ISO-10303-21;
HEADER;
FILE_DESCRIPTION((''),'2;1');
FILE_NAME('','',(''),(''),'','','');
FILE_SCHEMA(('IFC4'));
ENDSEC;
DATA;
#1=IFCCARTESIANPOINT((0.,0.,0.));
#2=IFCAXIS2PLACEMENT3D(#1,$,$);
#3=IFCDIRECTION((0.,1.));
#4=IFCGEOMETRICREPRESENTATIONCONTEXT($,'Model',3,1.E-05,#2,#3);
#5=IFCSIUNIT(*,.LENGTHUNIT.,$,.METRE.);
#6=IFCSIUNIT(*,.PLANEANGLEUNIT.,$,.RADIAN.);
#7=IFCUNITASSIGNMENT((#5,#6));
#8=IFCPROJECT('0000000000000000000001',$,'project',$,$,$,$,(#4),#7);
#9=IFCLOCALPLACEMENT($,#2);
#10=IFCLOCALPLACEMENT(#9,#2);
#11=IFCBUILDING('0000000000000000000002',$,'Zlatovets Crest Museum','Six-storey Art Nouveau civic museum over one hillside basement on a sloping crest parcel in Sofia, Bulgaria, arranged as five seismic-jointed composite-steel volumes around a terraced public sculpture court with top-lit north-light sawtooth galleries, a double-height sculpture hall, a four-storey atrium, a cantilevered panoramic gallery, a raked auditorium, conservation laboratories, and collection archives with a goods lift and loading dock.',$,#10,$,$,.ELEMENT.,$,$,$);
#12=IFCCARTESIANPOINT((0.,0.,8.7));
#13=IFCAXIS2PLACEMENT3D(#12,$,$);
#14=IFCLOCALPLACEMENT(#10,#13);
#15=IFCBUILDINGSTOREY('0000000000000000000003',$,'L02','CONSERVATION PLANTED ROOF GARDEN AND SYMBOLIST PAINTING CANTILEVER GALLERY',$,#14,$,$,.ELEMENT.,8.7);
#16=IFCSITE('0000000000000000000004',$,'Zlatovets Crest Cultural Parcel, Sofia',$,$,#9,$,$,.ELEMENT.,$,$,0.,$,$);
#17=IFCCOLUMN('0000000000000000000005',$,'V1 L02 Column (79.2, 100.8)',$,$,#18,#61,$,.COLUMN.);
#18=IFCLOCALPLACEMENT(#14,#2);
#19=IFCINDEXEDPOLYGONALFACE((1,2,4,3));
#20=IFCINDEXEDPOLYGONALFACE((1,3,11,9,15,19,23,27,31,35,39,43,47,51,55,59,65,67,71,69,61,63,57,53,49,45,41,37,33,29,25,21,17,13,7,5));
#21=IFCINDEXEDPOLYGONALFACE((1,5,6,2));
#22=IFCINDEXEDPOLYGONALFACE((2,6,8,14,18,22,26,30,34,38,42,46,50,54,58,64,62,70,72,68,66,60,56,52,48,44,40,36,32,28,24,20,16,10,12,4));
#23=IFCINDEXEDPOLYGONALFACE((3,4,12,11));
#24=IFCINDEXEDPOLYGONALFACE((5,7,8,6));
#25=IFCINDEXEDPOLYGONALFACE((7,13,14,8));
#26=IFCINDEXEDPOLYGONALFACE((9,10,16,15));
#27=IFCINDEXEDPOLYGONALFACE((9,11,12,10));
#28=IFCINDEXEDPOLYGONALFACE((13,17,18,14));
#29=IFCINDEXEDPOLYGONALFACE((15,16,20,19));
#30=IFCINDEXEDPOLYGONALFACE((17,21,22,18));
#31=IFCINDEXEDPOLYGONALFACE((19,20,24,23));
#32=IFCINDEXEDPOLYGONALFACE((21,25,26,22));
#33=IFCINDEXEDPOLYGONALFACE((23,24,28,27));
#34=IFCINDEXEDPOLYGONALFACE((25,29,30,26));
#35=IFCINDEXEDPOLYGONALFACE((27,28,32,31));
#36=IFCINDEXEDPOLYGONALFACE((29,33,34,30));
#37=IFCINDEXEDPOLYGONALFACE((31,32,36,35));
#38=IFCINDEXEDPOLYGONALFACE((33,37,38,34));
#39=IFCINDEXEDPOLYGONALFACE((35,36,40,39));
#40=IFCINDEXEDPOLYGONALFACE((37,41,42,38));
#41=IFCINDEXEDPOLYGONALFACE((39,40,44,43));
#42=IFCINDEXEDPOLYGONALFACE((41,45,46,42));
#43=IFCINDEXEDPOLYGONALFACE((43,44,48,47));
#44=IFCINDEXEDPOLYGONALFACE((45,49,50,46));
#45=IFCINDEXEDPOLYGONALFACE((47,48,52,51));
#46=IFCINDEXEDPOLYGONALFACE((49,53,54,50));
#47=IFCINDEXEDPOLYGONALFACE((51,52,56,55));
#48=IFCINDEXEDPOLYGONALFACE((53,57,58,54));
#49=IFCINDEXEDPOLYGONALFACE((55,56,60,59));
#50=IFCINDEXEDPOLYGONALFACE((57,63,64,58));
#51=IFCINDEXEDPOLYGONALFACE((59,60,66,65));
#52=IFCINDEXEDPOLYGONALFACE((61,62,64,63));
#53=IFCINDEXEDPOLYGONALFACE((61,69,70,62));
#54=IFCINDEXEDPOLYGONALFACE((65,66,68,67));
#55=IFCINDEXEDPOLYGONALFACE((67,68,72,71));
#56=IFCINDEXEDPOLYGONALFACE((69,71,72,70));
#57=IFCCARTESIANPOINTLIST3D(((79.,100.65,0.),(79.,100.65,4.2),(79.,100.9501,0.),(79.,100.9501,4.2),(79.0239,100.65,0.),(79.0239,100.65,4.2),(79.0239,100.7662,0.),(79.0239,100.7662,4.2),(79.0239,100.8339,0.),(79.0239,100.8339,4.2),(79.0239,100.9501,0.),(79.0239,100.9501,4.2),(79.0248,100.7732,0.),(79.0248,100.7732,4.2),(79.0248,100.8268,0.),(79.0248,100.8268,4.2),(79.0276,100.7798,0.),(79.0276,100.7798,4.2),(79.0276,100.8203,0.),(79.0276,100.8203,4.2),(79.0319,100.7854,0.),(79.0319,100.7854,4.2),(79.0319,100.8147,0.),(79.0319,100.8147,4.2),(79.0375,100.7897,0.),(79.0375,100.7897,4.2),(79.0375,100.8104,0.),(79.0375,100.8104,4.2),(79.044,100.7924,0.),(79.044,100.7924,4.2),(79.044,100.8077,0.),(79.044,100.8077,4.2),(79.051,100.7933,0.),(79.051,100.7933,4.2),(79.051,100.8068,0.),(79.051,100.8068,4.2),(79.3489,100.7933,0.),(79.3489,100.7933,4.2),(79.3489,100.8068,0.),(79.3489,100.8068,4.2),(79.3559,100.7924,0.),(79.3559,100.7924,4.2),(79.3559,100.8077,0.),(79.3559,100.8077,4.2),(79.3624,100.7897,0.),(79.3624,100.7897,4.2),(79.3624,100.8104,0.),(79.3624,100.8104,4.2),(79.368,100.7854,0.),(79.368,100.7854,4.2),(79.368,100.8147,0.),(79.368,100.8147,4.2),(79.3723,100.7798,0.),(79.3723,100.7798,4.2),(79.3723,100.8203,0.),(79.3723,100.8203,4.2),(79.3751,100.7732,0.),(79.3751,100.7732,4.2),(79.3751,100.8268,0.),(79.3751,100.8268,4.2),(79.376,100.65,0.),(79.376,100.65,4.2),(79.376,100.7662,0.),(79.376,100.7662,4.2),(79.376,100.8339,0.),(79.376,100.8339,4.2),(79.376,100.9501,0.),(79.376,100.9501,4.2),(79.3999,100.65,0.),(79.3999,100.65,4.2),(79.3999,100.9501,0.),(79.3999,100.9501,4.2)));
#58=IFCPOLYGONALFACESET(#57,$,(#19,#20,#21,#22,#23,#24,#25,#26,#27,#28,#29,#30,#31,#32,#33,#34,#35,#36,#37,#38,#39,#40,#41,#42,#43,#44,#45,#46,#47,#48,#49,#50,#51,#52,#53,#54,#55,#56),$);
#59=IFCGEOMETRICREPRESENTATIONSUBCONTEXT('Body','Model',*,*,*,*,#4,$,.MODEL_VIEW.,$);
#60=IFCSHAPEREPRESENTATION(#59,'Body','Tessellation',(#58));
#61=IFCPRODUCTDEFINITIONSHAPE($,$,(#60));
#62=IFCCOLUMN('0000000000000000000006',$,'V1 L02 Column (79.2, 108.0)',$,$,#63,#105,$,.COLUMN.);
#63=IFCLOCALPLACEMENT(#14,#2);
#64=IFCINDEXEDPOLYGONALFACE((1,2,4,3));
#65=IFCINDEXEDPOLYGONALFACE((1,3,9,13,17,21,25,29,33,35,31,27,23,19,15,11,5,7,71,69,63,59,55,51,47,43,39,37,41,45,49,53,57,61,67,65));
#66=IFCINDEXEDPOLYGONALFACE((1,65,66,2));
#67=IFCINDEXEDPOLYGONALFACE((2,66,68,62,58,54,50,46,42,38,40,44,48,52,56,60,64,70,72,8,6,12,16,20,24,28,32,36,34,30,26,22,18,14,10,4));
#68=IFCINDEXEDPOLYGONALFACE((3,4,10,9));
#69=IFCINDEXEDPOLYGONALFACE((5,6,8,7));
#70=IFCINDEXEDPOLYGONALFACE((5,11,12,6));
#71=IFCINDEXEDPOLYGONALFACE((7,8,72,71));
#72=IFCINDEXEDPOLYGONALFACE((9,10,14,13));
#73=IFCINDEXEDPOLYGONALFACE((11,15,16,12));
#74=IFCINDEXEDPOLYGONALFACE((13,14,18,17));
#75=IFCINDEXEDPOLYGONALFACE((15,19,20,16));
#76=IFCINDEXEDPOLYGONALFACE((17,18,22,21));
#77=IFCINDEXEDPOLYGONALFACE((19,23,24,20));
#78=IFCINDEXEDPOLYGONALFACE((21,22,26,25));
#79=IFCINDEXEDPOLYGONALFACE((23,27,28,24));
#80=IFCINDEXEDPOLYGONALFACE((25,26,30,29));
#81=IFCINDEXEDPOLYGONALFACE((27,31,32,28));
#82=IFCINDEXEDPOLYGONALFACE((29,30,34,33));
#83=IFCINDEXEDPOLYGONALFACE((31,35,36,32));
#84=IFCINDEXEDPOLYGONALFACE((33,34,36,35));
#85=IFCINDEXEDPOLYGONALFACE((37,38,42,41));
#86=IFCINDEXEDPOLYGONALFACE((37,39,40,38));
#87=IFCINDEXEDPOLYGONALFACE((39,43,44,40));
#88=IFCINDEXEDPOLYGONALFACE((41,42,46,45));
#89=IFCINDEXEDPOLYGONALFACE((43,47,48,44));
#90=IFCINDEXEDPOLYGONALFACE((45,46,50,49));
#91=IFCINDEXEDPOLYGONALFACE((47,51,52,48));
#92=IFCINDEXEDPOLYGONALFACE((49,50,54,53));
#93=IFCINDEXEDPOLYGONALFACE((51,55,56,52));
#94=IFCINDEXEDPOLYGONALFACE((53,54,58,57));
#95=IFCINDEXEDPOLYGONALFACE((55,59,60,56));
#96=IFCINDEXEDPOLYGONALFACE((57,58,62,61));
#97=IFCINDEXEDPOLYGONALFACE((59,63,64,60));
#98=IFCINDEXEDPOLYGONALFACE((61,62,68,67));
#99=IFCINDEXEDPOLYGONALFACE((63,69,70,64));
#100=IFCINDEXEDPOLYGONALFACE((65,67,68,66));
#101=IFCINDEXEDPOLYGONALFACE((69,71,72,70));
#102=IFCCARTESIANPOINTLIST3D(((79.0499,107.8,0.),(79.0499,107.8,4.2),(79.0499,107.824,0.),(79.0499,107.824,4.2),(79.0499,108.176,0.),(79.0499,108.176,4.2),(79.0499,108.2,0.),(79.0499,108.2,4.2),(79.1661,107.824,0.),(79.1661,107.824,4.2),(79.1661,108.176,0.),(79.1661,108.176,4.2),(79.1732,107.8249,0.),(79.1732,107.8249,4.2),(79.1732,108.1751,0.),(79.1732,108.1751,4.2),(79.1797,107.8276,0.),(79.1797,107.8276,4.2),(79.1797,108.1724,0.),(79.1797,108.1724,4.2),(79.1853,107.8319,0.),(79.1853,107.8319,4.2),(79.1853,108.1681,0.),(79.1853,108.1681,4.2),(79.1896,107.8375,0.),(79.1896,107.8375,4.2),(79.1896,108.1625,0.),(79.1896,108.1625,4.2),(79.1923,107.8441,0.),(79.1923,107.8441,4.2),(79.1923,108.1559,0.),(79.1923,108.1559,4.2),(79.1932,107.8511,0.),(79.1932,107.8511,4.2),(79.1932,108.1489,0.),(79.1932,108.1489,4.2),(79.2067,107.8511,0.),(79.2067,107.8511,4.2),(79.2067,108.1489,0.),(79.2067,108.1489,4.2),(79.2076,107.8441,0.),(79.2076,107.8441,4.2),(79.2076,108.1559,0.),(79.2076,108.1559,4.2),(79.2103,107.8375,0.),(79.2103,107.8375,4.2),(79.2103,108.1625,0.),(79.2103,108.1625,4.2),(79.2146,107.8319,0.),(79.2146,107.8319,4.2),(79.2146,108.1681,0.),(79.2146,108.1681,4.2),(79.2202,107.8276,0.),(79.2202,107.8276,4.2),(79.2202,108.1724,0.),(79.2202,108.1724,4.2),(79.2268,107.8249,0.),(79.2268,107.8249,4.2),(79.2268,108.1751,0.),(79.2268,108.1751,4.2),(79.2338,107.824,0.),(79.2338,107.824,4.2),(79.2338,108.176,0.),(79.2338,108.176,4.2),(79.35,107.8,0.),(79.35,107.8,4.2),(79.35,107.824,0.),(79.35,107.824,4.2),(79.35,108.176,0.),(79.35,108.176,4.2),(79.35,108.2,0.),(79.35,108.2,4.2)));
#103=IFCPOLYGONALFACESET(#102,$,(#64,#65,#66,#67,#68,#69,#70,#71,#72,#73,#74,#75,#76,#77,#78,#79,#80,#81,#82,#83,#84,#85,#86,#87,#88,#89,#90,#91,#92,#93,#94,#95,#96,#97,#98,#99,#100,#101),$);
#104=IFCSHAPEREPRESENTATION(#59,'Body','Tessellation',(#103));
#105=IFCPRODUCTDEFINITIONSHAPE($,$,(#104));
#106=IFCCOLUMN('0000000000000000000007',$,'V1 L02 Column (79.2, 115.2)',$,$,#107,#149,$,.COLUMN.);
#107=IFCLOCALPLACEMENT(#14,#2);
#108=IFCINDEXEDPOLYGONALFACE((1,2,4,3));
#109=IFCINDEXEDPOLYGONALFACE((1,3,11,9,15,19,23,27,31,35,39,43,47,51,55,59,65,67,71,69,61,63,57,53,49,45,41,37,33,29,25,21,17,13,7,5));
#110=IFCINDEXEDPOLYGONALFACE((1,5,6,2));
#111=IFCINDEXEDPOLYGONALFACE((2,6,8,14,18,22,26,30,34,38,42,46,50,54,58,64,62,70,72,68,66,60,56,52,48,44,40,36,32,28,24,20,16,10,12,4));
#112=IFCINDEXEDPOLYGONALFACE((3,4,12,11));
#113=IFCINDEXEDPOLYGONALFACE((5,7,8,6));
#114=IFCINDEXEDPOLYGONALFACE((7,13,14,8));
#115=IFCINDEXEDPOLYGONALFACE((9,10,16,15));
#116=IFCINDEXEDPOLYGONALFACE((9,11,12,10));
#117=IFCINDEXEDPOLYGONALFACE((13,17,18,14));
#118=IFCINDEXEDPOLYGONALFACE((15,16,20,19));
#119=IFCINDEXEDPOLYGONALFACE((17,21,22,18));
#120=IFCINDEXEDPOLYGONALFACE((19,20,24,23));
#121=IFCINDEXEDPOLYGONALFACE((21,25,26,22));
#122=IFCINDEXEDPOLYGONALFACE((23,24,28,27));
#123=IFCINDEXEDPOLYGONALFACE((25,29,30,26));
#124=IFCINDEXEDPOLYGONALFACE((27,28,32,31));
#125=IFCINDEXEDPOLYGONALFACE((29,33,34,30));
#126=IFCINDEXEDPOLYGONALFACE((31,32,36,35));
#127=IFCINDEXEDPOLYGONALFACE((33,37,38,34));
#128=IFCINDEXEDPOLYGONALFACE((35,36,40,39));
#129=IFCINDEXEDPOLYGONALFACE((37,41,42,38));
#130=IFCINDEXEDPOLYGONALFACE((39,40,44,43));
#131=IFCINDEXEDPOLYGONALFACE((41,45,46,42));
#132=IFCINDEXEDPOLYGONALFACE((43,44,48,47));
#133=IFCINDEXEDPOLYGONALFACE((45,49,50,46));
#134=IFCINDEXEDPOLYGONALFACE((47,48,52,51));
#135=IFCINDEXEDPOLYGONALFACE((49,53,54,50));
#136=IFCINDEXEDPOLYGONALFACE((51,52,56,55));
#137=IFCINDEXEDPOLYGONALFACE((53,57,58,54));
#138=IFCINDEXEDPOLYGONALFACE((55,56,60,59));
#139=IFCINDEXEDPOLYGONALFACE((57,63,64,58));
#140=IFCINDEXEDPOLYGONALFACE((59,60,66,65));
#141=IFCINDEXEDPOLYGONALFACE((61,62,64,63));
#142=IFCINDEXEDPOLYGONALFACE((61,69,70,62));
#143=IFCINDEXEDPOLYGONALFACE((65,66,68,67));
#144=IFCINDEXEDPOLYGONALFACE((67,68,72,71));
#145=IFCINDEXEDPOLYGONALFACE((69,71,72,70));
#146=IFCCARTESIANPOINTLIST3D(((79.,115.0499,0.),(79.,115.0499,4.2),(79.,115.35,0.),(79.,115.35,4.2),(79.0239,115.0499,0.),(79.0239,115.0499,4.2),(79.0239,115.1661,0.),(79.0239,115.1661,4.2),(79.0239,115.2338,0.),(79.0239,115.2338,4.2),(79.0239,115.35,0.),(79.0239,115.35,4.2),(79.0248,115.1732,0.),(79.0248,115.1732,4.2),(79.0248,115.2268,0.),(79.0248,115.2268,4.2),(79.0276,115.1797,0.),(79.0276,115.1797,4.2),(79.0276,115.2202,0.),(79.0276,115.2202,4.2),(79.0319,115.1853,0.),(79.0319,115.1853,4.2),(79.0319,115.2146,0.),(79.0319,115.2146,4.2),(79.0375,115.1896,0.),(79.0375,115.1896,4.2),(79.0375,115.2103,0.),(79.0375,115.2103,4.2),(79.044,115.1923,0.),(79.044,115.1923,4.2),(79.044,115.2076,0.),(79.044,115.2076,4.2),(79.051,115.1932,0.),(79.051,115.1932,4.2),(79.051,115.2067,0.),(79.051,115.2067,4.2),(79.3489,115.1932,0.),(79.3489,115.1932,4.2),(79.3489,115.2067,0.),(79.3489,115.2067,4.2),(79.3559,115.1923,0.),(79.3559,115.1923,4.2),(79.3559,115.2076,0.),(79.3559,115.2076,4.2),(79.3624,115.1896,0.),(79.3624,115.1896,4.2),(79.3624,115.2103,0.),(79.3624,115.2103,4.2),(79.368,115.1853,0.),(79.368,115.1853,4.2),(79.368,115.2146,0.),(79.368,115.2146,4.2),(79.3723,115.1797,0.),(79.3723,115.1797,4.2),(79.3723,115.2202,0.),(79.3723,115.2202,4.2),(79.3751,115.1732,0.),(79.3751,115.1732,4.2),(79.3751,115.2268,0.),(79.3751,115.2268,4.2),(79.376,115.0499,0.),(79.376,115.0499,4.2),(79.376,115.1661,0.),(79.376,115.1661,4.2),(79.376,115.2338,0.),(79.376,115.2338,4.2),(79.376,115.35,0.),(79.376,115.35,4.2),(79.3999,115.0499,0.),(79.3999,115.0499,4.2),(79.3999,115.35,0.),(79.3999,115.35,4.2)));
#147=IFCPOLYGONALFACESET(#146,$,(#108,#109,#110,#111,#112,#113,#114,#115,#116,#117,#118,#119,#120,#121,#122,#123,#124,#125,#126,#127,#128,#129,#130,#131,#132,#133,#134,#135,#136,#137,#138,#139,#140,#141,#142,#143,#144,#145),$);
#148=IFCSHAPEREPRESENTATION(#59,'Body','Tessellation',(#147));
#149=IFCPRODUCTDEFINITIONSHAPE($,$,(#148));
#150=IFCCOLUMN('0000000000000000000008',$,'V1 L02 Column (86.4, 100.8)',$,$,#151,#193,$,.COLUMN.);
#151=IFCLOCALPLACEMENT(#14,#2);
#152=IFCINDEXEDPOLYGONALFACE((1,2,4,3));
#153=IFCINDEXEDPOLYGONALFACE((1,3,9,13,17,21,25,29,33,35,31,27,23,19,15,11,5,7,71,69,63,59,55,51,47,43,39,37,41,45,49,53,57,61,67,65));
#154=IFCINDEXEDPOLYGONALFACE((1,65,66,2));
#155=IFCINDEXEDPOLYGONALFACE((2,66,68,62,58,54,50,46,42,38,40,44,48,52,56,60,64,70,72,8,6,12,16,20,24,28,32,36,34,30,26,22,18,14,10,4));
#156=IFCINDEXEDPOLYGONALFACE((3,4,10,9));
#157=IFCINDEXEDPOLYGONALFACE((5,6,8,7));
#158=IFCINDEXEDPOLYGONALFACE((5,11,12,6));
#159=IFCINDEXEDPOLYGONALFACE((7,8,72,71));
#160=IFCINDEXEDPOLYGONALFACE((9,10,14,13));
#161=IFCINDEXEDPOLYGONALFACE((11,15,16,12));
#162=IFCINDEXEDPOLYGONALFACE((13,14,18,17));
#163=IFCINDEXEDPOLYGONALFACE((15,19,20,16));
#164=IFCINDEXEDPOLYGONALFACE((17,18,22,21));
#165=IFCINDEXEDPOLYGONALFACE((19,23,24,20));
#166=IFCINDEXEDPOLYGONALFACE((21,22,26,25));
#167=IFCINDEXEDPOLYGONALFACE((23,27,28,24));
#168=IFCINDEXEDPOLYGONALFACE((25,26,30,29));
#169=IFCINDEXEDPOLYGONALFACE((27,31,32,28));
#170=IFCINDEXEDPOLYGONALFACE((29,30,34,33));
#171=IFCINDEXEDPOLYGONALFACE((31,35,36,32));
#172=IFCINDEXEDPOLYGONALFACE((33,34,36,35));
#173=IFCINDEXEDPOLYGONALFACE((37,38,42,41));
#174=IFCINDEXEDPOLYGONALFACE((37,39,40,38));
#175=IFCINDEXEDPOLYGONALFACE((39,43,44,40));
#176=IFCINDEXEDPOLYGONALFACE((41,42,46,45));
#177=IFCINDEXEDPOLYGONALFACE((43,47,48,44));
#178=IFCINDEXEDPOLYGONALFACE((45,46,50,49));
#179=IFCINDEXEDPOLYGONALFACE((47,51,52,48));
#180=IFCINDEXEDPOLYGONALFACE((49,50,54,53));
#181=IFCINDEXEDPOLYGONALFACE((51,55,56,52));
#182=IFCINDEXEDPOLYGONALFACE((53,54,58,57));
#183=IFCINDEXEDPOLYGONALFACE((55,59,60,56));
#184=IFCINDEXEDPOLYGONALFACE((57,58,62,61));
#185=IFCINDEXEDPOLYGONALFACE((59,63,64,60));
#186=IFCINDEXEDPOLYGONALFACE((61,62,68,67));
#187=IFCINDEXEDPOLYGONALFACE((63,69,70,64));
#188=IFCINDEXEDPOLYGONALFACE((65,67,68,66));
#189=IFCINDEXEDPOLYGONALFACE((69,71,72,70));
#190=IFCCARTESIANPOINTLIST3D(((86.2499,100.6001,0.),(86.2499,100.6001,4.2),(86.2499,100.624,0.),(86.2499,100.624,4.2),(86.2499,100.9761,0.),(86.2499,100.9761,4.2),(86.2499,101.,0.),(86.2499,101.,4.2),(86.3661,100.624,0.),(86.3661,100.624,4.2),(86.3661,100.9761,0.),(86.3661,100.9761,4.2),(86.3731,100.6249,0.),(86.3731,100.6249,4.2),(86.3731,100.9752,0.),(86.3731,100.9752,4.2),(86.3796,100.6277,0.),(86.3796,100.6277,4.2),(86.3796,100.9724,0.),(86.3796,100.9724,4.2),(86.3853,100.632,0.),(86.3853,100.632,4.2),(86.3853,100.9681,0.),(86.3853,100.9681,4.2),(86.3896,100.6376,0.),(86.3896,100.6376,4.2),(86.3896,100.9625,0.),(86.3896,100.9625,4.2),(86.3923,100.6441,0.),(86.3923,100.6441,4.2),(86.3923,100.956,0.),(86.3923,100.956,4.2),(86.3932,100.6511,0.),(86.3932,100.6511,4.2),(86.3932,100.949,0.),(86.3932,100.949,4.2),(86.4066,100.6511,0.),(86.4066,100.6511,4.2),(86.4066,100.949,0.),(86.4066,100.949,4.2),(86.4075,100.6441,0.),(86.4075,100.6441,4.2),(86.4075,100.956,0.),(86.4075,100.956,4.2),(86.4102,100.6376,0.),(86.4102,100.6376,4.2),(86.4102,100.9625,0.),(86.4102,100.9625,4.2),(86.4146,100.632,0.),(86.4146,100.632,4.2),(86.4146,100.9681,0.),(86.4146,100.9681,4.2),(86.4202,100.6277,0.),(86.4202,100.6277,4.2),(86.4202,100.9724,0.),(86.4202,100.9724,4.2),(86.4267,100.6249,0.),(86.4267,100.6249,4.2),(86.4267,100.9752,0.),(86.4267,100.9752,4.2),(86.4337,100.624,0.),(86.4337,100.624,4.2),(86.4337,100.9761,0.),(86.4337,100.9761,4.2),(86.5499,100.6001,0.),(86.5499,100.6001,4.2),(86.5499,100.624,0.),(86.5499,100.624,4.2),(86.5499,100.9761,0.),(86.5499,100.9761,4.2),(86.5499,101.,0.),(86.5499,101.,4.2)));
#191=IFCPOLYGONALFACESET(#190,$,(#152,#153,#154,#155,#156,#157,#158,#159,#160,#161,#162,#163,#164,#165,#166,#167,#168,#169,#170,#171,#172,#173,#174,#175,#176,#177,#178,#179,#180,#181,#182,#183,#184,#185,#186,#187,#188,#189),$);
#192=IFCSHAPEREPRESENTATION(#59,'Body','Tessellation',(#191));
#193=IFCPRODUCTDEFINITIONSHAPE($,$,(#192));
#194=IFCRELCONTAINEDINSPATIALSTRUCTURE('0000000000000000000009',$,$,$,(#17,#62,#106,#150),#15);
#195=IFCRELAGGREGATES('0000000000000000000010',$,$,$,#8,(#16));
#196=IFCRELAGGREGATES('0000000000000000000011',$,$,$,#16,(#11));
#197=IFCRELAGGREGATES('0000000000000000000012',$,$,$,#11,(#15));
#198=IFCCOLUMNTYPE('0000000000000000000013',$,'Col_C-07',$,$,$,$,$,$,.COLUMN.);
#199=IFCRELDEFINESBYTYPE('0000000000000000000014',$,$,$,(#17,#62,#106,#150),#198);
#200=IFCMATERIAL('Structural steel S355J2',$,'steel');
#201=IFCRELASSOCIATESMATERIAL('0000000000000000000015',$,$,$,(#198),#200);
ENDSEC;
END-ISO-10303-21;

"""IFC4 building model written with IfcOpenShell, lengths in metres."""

from ifc_helpers import new_model, si_unit, direction, frame, origin, origin_2d, place, context, subcontext, project, spatial, i_section, extrude, material, material_profile, profile_set, type_object, element, save


model = new_model("IFC4")

# Units and contexts
model_context = context("Model", 3, precision=1e-05, world=origin(), true_north=direction((0.0, 1.0)))
body_context = subcontext(model_context, "Body", "Model", "MODEL_VIEW")
ifc_project = project(units=[si_unit("LENGTHUNIT", "METRE"), si_unit("PLANEANGLEUNIT", "RADIAN")], contexts=[model_context])

# Site, building, storey
site_placement = place(None, origin())
site = spatial("IfcSite", under=ifc_project, at=site_placement, Name="Zlatovets Crest Cultural Parcel, Sofia", CompositionType="ELEMENT", RefElevation=0.0)
building_placement = place(site_placement, origin())
building = spatial("IfcBuilding", under=site, at=building_placement, Name="Zlatovets Crest Museum", Description="Six-storey Art Nouveau civic museum over one hillside basement on a sloping crest parcel in Sofia, Bulgaria, arranged as five seismic-jointed composite-steel volumes around a terraced public sculpture court with top-lit north-light sawtooth galleries, a double-height sculpture hall, a four-storey atrium, a cantilevered panoramic gallery, a raked auditorium, conservation laboratories, and collection archives with a goods lift and loading dock.", CompositionType="ELEMENT")
storey_placement = place(building_placement, frame((0.0, 0.0, 8.7)))
storey = spatial("IfcBuildingStorey", under=building, at=storey_placement, Name="L02", Description="CONSERVATION PLANTED ROOF GARDEN AND SYMBOLIST PAINTING CANTILEVER GALLERY", CompositionType="ELEMENT", Elevation=8.7)

# Columns
ifc_material_1 = material(Name="Structural steel S355J2", Category="steel")
ifc_material_profile_1 = material_profile(ifc_material_1, i_section(OverallWidth=0.3, OverallDepth=0.3999, WebThickness=0.0134, FlangeThickness=0.0239, FilletRadius=0.0271, at=origin_2d()), Name="HEB 400")
ifc_profile_set_1 = profile_set([ifc_material_profile_1], Name="Structural steel S355J2")
column_type = type_object("IfcColumnType", Name="Col_C-07", PredefinedType="COLUMN", material=ifc_profile_set_1)
for number, where, z_axis, x_axis, name in (
    (1, (79.2, 100.8, 0.0), (0.0, 0.0, 1.0), (0.0, 1.0, 0.0), "V1 L02 Column (79.2, 100.8)"),
    (2, (79.2, 108.0, 0.0), (0.0, 0.0, 1.0), (1.0, 0.0, 0.0), "V1 L02 Column (79.2, 108.0)"),
    (3, (79.2, 115.2, 0.0), (0.0, 0.0, 1.0), (0.0, 1.0, 0.0), "V1 L02 Column (79.2, 115.2)"),
    (4, (86.3999, 100.8, 0.0), (0.0, 0.0, 1.0), (1.0, 0.0, 0.0), "V1 L02 Column (86.4, 100.8)"),
):
    element("IfcColumn", number, at=place(storey_placement, frame(where, z_axis=z_axis, x_axis=x_axis)), inside=storey, type_object=column_type, Name=name, PredefinedType="COLUMN", context=body_context, shape_type="SweptSolid", body=[
        extrude(i_section(OverallWidth=0.3, OverallDepth=0.3999, WebThickness=0.0134, FlangeThickness=0.0239, FilletRadius=0.0271, at=origin_2d()), origin(), (0.0, 0.0, 1.0), 4.2),
    ])

save(model, "model.ifc")
